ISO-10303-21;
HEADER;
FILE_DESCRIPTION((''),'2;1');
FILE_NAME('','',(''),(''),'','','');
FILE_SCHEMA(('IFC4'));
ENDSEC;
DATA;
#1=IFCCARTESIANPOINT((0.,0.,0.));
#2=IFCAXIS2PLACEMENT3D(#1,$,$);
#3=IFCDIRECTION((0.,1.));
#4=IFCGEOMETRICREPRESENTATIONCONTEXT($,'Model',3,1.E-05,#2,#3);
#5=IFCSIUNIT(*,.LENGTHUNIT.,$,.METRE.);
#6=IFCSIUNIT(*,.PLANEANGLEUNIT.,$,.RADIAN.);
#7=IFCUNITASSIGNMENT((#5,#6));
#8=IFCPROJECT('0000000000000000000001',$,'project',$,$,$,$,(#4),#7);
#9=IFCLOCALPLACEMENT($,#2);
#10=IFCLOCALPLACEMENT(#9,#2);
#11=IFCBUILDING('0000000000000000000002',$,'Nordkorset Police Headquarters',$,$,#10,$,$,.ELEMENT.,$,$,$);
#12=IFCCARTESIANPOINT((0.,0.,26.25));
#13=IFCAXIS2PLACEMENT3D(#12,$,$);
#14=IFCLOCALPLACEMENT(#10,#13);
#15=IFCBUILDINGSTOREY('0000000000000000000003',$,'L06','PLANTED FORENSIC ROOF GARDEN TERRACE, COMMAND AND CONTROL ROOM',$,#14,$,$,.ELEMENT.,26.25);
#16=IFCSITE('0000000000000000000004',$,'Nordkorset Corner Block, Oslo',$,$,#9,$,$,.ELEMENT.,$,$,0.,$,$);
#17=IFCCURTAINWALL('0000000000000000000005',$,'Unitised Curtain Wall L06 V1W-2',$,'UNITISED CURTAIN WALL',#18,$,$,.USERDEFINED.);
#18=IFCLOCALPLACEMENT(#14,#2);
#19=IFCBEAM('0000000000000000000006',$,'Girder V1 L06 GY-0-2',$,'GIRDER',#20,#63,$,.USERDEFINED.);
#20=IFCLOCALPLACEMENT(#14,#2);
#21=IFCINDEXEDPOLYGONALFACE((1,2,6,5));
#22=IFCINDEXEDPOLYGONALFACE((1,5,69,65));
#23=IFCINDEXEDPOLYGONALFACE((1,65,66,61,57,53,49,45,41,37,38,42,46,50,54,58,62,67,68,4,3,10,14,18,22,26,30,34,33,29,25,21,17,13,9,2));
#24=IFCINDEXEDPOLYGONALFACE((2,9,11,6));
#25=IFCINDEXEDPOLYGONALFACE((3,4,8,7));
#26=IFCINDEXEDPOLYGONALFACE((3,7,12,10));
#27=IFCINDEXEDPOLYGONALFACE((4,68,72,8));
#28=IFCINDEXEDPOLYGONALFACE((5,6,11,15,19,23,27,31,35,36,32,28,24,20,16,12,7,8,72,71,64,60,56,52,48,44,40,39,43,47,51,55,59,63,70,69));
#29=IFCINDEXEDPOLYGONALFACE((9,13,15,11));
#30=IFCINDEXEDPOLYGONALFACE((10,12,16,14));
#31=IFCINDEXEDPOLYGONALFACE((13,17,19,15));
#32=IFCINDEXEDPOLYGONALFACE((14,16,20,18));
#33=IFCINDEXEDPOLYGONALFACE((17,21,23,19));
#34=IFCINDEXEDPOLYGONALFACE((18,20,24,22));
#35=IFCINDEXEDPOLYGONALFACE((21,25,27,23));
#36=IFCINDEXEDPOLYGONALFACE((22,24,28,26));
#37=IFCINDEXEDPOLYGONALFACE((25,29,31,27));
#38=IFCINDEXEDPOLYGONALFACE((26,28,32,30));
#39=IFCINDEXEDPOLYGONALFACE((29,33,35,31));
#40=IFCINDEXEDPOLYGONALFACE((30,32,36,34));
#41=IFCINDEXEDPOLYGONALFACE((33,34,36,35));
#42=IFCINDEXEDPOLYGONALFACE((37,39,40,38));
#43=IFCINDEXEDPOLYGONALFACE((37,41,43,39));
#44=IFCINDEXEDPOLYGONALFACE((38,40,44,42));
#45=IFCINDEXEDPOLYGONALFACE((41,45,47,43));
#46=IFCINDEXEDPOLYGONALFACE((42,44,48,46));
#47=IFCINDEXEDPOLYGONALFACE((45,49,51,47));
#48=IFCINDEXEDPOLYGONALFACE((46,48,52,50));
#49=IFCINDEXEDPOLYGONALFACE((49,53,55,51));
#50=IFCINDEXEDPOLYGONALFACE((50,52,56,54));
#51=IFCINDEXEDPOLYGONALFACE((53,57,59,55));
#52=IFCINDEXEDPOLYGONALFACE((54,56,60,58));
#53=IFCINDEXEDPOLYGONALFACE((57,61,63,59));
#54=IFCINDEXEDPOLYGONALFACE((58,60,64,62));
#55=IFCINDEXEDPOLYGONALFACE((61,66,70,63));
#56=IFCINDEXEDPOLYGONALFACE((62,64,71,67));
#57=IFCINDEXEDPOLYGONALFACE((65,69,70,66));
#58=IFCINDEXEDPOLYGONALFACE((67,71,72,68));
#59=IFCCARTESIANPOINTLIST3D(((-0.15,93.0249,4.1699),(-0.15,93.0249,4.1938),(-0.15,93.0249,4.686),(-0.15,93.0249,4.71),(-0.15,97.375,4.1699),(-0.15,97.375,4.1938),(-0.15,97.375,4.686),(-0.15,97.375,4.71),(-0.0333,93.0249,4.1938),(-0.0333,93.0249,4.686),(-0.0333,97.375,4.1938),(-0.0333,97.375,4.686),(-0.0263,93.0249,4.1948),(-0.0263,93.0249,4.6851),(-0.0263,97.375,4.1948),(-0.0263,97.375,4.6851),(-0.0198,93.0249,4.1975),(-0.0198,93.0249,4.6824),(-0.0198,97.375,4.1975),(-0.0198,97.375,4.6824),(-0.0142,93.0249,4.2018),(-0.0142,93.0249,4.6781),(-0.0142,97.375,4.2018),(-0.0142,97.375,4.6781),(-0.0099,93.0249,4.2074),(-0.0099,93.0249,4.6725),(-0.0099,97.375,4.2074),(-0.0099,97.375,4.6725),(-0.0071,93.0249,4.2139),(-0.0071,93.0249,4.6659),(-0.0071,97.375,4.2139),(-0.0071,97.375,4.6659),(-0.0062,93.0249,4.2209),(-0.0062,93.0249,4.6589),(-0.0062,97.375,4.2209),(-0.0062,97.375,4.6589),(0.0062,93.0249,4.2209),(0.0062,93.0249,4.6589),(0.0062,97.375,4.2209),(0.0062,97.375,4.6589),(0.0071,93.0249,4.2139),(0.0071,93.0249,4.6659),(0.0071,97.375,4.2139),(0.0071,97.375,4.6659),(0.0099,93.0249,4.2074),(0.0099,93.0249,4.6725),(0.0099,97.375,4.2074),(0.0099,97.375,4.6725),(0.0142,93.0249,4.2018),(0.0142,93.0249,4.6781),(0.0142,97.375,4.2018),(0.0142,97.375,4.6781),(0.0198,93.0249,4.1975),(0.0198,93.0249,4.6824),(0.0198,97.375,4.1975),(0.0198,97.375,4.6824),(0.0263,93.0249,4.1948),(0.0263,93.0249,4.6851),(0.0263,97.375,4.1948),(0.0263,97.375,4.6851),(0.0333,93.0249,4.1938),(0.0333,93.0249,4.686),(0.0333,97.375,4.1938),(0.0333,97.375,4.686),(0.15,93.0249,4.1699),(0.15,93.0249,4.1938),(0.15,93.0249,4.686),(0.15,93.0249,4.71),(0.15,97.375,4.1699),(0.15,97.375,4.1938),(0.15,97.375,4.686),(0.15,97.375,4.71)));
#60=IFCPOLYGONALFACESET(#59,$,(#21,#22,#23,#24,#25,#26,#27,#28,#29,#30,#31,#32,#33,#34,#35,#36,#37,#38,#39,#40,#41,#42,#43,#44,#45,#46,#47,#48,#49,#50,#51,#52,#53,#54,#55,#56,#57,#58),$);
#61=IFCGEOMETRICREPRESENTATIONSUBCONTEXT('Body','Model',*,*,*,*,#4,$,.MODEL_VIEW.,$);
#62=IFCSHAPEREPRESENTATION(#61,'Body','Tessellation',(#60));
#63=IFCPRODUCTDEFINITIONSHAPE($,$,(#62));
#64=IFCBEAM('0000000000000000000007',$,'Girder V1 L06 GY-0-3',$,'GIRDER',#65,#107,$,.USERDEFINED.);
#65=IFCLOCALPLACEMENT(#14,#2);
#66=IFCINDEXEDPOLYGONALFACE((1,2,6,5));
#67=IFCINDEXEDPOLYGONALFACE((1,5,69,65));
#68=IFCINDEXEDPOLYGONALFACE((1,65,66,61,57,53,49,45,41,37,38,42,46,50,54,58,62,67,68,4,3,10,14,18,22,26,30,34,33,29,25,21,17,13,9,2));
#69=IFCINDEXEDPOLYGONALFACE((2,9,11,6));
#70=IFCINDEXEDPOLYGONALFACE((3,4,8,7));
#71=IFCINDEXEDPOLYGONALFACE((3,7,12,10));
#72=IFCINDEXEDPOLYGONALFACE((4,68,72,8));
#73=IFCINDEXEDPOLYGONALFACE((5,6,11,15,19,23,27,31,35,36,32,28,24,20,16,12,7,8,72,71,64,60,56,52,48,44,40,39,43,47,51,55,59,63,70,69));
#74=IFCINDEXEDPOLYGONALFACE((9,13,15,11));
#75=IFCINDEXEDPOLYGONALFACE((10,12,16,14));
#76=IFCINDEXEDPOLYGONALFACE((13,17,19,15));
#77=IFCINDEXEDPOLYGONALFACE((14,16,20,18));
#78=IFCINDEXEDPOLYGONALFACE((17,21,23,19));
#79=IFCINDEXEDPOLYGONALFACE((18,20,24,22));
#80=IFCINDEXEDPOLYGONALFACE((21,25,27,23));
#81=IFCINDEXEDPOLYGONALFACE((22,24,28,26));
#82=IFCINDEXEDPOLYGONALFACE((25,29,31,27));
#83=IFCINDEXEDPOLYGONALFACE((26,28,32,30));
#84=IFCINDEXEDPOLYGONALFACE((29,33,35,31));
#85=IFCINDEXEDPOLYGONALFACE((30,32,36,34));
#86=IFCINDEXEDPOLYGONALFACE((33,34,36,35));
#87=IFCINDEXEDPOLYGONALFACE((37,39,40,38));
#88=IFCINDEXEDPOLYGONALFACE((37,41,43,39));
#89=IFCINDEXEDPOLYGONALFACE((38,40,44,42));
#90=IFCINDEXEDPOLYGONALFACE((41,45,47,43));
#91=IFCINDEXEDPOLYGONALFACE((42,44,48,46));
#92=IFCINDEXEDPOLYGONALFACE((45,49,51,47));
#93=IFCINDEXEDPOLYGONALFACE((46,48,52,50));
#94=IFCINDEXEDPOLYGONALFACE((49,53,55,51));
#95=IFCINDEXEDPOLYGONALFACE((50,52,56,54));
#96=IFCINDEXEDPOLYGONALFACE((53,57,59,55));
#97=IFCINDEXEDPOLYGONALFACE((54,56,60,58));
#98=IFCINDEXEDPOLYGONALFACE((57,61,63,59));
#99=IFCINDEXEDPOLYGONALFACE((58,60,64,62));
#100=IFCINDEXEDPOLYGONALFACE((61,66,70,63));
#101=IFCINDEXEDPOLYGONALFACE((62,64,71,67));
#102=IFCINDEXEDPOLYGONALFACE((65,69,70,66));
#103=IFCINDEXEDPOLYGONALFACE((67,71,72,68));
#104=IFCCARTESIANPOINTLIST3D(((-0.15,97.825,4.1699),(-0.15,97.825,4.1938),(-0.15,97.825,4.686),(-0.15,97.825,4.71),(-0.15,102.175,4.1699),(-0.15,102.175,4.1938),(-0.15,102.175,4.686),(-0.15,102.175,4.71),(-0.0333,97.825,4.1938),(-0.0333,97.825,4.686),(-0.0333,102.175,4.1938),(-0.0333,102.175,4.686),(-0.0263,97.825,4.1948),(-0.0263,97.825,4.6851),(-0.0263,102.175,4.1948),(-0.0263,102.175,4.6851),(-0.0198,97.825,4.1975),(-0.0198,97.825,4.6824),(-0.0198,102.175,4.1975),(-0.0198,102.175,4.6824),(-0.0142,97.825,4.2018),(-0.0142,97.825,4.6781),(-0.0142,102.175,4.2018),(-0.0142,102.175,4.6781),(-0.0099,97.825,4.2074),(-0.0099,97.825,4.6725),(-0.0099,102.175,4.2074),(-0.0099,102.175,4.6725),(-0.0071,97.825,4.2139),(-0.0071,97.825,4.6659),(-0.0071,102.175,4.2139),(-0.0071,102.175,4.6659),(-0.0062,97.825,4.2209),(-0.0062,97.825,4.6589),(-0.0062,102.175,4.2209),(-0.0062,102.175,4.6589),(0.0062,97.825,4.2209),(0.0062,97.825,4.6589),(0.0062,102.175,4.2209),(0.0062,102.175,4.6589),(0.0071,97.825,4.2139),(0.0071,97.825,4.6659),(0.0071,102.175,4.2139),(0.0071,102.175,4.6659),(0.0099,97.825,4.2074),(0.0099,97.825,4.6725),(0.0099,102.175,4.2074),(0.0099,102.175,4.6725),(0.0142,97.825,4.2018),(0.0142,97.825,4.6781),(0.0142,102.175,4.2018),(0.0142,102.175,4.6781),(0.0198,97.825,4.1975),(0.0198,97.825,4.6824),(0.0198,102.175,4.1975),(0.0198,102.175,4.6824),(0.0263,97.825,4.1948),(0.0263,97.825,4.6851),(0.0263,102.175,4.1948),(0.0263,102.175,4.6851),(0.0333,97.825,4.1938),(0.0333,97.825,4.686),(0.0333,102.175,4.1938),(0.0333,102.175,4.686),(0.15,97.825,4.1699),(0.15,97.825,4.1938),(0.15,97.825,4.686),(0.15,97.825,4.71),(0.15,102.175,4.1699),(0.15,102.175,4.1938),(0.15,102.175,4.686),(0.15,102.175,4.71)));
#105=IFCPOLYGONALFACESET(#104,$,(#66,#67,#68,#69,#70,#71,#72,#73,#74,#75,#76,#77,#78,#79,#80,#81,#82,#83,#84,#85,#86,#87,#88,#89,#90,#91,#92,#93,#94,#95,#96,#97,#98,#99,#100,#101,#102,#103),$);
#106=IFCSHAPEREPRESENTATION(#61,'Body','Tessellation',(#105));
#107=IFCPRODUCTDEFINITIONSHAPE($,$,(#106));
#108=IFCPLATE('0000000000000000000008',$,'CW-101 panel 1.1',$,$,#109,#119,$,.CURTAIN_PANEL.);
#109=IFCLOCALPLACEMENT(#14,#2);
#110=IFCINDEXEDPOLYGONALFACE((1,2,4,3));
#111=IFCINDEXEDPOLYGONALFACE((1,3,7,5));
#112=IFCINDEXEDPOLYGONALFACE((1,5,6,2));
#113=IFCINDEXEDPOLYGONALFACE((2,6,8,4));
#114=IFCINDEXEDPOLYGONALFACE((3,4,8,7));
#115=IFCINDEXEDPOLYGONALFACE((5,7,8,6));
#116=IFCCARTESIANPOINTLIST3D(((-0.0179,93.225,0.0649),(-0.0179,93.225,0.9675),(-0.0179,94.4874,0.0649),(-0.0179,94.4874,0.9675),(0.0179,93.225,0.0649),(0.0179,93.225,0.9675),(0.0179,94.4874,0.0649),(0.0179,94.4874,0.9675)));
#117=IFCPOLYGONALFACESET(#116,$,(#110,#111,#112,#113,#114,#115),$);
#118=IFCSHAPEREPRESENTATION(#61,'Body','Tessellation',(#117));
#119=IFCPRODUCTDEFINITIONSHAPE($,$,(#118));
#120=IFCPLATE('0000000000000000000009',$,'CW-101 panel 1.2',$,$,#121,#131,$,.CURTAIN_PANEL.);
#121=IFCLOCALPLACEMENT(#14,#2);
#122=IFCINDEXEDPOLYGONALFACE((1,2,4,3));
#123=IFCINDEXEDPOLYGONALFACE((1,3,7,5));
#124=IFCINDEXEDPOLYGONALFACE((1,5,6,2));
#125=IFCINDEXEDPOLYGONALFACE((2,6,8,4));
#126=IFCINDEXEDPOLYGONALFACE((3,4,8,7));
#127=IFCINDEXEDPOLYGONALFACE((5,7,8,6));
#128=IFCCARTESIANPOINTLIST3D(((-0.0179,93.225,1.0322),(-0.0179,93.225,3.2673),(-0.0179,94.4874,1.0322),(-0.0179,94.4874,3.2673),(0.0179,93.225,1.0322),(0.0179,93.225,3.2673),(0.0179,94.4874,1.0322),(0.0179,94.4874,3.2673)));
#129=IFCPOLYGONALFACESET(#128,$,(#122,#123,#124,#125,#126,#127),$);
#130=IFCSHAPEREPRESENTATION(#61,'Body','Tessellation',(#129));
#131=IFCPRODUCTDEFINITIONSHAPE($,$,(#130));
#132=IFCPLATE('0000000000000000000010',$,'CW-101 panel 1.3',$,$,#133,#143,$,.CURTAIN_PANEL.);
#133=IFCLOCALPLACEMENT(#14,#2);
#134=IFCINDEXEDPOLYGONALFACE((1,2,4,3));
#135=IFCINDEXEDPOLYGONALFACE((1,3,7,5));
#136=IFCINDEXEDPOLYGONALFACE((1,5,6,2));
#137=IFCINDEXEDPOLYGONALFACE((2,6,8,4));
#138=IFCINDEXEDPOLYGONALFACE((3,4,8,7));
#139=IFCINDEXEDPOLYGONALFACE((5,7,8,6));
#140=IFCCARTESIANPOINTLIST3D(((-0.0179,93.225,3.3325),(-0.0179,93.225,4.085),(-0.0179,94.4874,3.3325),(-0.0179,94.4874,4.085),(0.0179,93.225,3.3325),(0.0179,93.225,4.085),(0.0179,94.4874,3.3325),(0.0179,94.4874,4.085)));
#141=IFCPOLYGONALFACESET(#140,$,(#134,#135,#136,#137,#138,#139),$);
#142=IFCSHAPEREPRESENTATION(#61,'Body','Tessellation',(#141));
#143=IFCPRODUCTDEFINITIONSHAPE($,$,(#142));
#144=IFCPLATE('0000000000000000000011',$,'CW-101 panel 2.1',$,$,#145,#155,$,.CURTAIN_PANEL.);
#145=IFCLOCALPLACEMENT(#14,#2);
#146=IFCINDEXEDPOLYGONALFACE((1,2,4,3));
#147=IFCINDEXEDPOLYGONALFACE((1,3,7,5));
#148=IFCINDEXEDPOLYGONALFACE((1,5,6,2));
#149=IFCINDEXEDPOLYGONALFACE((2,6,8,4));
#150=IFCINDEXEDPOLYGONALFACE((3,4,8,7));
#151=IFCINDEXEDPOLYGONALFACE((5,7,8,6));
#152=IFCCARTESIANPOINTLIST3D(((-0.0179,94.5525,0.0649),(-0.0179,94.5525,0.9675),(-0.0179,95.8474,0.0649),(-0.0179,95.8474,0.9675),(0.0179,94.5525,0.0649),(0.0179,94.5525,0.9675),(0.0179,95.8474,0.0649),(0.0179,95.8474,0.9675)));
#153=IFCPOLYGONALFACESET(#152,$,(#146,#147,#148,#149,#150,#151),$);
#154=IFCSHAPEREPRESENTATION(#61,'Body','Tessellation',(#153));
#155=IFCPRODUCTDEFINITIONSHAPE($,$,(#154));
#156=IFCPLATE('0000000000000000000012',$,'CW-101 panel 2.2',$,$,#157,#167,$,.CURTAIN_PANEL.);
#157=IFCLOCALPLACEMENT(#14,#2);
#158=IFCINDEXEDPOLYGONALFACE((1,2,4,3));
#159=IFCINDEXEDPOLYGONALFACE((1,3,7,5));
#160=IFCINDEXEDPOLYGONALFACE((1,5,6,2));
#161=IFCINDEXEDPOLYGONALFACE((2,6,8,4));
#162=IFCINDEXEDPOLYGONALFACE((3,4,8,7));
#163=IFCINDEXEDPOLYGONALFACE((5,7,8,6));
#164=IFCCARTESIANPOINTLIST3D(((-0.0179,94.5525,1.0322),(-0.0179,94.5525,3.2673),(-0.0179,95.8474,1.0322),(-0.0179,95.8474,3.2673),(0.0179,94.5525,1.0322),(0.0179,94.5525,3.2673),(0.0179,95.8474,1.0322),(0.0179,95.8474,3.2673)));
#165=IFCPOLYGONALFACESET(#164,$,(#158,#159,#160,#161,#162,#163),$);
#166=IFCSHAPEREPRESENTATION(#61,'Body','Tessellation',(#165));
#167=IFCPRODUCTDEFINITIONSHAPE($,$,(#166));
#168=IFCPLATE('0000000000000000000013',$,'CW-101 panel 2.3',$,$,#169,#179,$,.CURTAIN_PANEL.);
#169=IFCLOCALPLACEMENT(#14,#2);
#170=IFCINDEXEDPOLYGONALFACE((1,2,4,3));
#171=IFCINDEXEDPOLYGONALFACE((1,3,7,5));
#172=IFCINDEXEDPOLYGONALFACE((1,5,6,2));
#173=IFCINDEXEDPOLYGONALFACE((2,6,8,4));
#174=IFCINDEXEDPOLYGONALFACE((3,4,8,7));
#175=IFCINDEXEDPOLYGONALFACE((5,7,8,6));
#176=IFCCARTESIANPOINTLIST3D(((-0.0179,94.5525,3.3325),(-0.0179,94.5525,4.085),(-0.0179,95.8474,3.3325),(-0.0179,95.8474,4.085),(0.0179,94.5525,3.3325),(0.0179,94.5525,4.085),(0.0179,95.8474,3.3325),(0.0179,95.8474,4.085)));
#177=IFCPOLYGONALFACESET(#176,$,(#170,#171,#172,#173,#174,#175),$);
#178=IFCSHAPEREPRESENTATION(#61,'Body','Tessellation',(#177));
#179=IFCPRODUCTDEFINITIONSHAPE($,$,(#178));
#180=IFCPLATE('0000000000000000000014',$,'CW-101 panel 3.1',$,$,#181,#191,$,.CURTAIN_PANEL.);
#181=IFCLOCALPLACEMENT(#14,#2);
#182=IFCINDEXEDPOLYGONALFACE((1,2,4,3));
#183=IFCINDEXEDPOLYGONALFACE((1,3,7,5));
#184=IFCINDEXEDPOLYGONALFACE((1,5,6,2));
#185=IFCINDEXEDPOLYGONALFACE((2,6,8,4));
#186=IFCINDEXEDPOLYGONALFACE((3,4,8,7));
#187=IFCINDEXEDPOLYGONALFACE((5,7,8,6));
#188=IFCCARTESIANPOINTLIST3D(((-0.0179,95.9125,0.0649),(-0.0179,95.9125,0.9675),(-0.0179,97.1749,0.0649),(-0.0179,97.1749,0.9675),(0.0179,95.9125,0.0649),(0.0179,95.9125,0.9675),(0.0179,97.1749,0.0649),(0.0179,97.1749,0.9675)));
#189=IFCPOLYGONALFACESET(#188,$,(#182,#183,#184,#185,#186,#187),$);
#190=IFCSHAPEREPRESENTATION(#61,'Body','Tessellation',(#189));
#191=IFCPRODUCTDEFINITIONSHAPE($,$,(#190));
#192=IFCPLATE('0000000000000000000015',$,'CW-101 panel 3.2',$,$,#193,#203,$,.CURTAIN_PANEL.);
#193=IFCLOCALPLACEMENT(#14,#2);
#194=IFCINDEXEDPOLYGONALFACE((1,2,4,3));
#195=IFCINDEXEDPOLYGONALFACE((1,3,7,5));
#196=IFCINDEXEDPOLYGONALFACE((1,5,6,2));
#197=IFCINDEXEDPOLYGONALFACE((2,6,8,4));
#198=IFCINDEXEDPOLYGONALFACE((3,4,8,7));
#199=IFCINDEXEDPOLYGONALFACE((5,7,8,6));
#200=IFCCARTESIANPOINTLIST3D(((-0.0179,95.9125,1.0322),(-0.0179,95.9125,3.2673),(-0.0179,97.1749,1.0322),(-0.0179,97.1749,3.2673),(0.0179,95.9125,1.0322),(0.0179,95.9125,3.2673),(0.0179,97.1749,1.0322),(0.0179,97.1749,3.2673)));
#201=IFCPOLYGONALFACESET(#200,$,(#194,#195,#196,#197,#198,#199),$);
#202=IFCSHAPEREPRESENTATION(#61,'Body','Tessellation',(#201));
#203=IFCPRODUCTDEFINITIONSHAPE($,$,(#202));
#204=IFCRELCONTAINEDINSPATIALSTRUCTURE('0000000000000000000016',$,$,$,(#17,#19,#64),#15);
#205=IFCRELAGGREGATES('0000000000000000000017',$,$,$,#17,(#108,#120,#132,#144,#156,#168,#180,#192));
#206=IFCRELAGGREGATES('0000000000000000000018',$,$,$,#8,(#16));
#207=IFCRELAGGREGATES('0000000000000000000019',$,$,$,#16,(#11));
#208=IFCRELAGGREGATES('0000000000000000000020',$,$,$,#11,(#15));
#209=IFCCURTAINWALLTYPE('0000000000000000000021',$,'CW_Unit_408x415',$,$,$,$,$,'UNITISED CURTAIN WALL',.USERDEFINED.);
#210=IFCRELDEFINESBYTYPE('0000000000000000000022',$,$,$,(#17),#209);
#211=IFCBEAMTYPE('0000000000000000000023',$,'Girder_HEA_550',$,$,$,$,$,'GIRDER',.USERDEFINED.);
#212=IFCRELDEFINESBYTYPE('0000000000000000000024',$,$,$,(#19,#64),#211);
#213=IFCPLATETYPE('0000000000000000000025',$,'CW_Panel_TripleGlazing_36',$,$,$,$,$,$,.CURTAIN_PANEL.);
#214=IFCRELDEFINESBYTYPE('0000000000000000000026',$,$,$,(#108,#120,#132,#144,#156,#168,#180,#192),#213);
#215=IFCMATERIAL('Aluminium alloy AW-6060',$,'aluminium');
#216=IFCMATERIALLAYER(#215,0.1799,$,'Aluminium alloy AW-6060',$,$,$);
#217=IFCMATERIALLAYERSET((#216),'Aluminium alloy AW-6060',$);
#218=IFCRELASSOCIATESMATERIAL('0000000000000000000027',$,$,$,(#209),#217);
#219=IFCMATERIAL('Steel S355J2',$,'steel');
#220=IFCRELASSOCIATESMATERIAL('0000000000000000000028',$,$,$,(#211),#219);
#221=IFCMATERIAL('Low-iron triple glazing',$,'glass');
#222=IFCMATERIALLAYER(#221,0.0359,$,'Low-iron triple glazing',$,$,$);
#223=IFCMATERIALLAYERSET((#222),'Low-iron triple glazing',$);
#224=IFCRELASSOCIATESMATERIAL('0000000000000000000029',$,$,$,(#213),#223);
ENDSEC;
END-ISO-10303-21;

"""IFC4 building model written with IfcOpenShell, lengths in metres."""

from ifc_helpers import new_model, si_unit, direction, frame, origin, origin_2d, place, context, subcontext, project, spatial, rectangle, i_section, extrude, material, layer, layer_set, material_profile, profile_set, type_object, element, aggregate, save


model = new_model("IFC4")

# Units and contexts
model_context = context("Model", 3, precision=1e-05, world=origin(), true_north=direction((0.0, 1.0)))
body_context = subcontext(model_context, "Body", "Model", "MODEL_VIEW")
ifc_project = project(units=[si_unit("LENGTHUNIT", "METRE"), si_unit("PLANEANGLEUNIT", "RADIAN")], contexts=[model_context])

# Site, building, storey
site_placement = place(None, origin())
site = spatial("IfcSite", under=ifc_project, at=site_placement, Name="Nordkorset Corner Block, Oslo", CompositionType="ELEMENT", RefElevation=0.0)
building_placement = place(site_placement, origin())
building = spatial("IfcBuilding", under=site, at=building_placement, Name="Nordkorset Police Headquarters", CompositionType="ELEMENT")
storey_placement = place(building_placement, frame((0.0, 0.0, 26.25)))
storey = spatial("IfcBuildingStorey", under=building, at=storey_placement, Name="L06", Description="PLANTED FORENSIC ROOF GARDEN TERRACE, COMMAND AND CONTROL ROOM", CompositionType="ELEMENT", Elevation=26.25)

# Shared definitions
ifc_material_1 = material(Name="Aluminium alloy AW-6060", Category="aluminium")
ifc_layer_1 = layer(ifc_material_1, 0.1799, Name="Aluminium alloy AW-6060")
ifc_layer_set_1 = layer_set([ifc_layer_1], Name="Aluminium alloy AW-6060")
curtain_wall_type = type_object("IfcCurtainWallType", Name="CW_Unit_408x415", ElementType="UNITISED CURTAIN WALL", PredefinedType="USERDEFINED", material=ifc_layer_set_1)

# Curtain wall
curtain_wall_1_placement = place(storey_placement, origin())
curtain_wall_1 = element("IfcCurtainWall", 1, at=curtain_wall_1_placement, inside=storey, type_object=curtain_wall_type, Name="Unitised Curtain Wall L06 V1W-2", ObjectType="UNITISED CURTAIN WALL", PredefinedType="USERDEFINED")

# Beams
ifc_material_2 = material(Name="Steel S355J2", Category="steel")
ifc_material_profile_1 = material_profile(ifc_material_2, i_section(OverallWidth=0.3, OverallDepth=0.54, WebThickness=0.0125, FlangeThickness=0.0239, FilletRadius=0.0271, at=origin_2d()), Name="HEA 550")
ifc_profile_set_1 = profile_set([ifc_material_profile_1], Name="Steel S355J2")
beam_type = type_object("IfcBeamType", Name="Girder_HEA_550", ElementType="GIRDER", PredefinedType="USERDEFINED", material=ifc_profile_set_1)
for number, where, z_axis, x_axis, name in (
    (2, (0.0, 93.0249, 4.4399), (0.0, 1.0, 0.0), (-1.0, 0.0, 0.0), "Girder V1 L06 GY-0-2"),
    (3, (0.0, 97.825, 4.4399), (0.0, 1.0, 0.0), (-1.0, 0.0, 0.0), "Girder V1 L06 GY-0-3"),
):
    element("IfcBeam", number, at=place(storey_placement, frame(where, z_axis=z_axis, x_axis=x_axis)), inside=storey, type_object=beam_type, Name=name, ObjectType="GIRDER", PredefinedType="USERDEFINED", context=body_context, shape_type="SweptSolid", body=[
        extrude(i_section(OverallWidth=0.3, OverallDepth=0.54, WebThickness=0.0125, FlangeThickness=0.0239, FilletRadius=0.0271, at=origin_2d()), origin(), (0.0, 0.0, 1.0), 4.3501),
    ])

# Plates
ifc_material_3 = material(Name="Low-iron triple glazing", Category="glass")
ifc_layer_2 = layer(ifc_material_3, 0.0359, Name="Low-iron triple glazing")
ifc_layer_set_2 = layer_set([ifc_layer_2], Name="Low-iron triple glazing")
plate_type = type_object("IfcPlateType", Name="CW_Panel_TripleGlazing_36", PredefinedType="CURTAIN_PANEL", material=ifc_layer_set_2)
plate_1_placement = place(storey_placement, frame((0.0, 93.8562, 0.0649), z_axis=(0.0, 0.0, 1.0), x_axis=(0.0, 1.0, 0.0)))
plate_1 = element("IfcPlate", 4, at=plate_1_placement, type_object=plate_type, Name="CW-101 panel 1.1", PredefinedType="CURTAIN_PANEL", context=body_context, shape_type="SweptSolid", body=[
    extrude(rectangle(XDim=1.2625, YDim=0.0359, at=origin_2d()), origin(), (0.0, 0.0, 1.0), 0.9026),
])
plate_2_placement = place(storey_placement, frame((0.0, 93.8562, 1.0322), z_axis=(0.0, 0.0, 1.0), x_axis=(0.0, 1.0, 0.0)))
plate_2 = element("IfcPlate", 5, at=plate_2_placement, type_object=plate_type, Name="CW-101 panel 1.2", PredefinedType="CURTAIN_PANEL", context=body_context, shape_type="SweptSolid", body=[
    extrude(rectangle(XDim=1.2625, YDim=0.0359, at=origin_2d()), origin(), (0.0, 0.0, 1.0), 2.2351),
])
plate_3_placement = place(storey_placement, frame((0.0, 93.8562, 3.3325), z_axis=(0.0, 0.0, 1.0), x_axis=(0.0, 1.0, 0.0)))
plate_3 = element("IfcPlate", 6, at=plate_3_placement, type_object=plate_type, Name="CW-101 panel 1.3", PredefinedType="CURTAIN_PANEL", context=body_context, shape_type="SweptSolid", body=[
    extrude(rectangle(XDim=1.2625, YDim=0.0359, at=origin_2d()), origin(), (0.0, 0.0, 1.0), 0.7524),
])
plate_4_placement = place(storey_placement, frame((0.0, 95.2, 0.0649), z_axis=(0.0, 0.0, 1.0), x_axis=(0.0, 1.0, 0.0)))
plate_4 = element("IfcPlate", 7, at=plate_4_placement, type_object=plate_type, Name="CW-101 panel 2.1", PredefinedType="CURTAIN_PANEL", context=body_context, shape_type="SweptSolid", body=[
    extrude(rectangle(XDim=1.2949, YDim=0.0359, at=origin_2d()), origin(), (0.0, 0.0, 1.0), 0.9026),
])
plate_5_placement = place(storey_placement, frame((0.0, 95.2, 1.0322), z_axis=(0.0, 0.0, 1.0), x_axis=(0.0, 1.0, 0.0)))
plate_5 = element("IfcPlate", 8, at=plate_5_placement, type_object=plate_type, Name="CW-101 panel 2.2", PredefinedType="CURTAIN_PANEL", context=body_context, shape_type="SweptSolid", body=[
    extrude(rectangle(XDim=1.2949, YDim=0.0359, at=origin_2d()), origin(), (0.0, 0.0, 1.0), 2.2351),
])
plate_6_placement = place(storey_placement, frame((0.0, 95.2, 3.3325), z_axis=(0.0, 0.0, 1.0), x_axis=(0.0, 1.0, 0.0)))
plate_6 = element("IfcPlate", 9, at=plate_6_placement, type_object=plate_type, Name="CW-101 panel 2.3", PredefinedType="CURTAIN_PANEL", context=body_context, shape_type="SweptSolid", body=[
    extrude(rectangle(XDim=1.2949, YDim=0.0359, at=origin_2d()), origin(), (0.0, 0.0, 1.0), 0.7524),
])
plate_7_placement = place(storey_placement, frame((0.0, 96.5437, 0.0649), z_axis=(0.0, 0.0, 1.0), x_axis=(0.0, 1.0, 0.0)))
plate_7 = element("IfcPlate", 10, at=plate_7_placement, type_object=plate_type, Name="CW-101 panel 3.1", PredefinedType="CURTAIN_PANEL", context=body_context, shape_type="SweptSolid", body=[
    extrude(rectangle(XDim=1.2625, YDim=0.0359, at=origin_2d()), origin(), (0.0, 0.0, 1.0), 0.9026),
])
plate_8_placement = place(storey_placement, frame((0.0, 96.5437, 1.0322), z_axis=(0.0, 0.0, 1.0), x_axis=(0.0, 1.0, 0.0)))
plate_8 = element("IfcPlate", 11, at=plate_8_placement, type_object=plate_type, Name="CW-101 panel 3.2", PredefinedType="CURTAIN_PANEL", context=body_context, shape_type="SweptSolid", body=[
    extrude(rectangle(XDim=1.2625, YDim=0.0359, at=origin_2d()), origin(), (0.0, 0.0, 1.0), 2.2351),
])
aggregate(curtain_wall_1, [plate_1, plate_2, plate_3, plate_4, plate_5, plate_6, plate_7, plate_8])

save(model, "model.ifc")
